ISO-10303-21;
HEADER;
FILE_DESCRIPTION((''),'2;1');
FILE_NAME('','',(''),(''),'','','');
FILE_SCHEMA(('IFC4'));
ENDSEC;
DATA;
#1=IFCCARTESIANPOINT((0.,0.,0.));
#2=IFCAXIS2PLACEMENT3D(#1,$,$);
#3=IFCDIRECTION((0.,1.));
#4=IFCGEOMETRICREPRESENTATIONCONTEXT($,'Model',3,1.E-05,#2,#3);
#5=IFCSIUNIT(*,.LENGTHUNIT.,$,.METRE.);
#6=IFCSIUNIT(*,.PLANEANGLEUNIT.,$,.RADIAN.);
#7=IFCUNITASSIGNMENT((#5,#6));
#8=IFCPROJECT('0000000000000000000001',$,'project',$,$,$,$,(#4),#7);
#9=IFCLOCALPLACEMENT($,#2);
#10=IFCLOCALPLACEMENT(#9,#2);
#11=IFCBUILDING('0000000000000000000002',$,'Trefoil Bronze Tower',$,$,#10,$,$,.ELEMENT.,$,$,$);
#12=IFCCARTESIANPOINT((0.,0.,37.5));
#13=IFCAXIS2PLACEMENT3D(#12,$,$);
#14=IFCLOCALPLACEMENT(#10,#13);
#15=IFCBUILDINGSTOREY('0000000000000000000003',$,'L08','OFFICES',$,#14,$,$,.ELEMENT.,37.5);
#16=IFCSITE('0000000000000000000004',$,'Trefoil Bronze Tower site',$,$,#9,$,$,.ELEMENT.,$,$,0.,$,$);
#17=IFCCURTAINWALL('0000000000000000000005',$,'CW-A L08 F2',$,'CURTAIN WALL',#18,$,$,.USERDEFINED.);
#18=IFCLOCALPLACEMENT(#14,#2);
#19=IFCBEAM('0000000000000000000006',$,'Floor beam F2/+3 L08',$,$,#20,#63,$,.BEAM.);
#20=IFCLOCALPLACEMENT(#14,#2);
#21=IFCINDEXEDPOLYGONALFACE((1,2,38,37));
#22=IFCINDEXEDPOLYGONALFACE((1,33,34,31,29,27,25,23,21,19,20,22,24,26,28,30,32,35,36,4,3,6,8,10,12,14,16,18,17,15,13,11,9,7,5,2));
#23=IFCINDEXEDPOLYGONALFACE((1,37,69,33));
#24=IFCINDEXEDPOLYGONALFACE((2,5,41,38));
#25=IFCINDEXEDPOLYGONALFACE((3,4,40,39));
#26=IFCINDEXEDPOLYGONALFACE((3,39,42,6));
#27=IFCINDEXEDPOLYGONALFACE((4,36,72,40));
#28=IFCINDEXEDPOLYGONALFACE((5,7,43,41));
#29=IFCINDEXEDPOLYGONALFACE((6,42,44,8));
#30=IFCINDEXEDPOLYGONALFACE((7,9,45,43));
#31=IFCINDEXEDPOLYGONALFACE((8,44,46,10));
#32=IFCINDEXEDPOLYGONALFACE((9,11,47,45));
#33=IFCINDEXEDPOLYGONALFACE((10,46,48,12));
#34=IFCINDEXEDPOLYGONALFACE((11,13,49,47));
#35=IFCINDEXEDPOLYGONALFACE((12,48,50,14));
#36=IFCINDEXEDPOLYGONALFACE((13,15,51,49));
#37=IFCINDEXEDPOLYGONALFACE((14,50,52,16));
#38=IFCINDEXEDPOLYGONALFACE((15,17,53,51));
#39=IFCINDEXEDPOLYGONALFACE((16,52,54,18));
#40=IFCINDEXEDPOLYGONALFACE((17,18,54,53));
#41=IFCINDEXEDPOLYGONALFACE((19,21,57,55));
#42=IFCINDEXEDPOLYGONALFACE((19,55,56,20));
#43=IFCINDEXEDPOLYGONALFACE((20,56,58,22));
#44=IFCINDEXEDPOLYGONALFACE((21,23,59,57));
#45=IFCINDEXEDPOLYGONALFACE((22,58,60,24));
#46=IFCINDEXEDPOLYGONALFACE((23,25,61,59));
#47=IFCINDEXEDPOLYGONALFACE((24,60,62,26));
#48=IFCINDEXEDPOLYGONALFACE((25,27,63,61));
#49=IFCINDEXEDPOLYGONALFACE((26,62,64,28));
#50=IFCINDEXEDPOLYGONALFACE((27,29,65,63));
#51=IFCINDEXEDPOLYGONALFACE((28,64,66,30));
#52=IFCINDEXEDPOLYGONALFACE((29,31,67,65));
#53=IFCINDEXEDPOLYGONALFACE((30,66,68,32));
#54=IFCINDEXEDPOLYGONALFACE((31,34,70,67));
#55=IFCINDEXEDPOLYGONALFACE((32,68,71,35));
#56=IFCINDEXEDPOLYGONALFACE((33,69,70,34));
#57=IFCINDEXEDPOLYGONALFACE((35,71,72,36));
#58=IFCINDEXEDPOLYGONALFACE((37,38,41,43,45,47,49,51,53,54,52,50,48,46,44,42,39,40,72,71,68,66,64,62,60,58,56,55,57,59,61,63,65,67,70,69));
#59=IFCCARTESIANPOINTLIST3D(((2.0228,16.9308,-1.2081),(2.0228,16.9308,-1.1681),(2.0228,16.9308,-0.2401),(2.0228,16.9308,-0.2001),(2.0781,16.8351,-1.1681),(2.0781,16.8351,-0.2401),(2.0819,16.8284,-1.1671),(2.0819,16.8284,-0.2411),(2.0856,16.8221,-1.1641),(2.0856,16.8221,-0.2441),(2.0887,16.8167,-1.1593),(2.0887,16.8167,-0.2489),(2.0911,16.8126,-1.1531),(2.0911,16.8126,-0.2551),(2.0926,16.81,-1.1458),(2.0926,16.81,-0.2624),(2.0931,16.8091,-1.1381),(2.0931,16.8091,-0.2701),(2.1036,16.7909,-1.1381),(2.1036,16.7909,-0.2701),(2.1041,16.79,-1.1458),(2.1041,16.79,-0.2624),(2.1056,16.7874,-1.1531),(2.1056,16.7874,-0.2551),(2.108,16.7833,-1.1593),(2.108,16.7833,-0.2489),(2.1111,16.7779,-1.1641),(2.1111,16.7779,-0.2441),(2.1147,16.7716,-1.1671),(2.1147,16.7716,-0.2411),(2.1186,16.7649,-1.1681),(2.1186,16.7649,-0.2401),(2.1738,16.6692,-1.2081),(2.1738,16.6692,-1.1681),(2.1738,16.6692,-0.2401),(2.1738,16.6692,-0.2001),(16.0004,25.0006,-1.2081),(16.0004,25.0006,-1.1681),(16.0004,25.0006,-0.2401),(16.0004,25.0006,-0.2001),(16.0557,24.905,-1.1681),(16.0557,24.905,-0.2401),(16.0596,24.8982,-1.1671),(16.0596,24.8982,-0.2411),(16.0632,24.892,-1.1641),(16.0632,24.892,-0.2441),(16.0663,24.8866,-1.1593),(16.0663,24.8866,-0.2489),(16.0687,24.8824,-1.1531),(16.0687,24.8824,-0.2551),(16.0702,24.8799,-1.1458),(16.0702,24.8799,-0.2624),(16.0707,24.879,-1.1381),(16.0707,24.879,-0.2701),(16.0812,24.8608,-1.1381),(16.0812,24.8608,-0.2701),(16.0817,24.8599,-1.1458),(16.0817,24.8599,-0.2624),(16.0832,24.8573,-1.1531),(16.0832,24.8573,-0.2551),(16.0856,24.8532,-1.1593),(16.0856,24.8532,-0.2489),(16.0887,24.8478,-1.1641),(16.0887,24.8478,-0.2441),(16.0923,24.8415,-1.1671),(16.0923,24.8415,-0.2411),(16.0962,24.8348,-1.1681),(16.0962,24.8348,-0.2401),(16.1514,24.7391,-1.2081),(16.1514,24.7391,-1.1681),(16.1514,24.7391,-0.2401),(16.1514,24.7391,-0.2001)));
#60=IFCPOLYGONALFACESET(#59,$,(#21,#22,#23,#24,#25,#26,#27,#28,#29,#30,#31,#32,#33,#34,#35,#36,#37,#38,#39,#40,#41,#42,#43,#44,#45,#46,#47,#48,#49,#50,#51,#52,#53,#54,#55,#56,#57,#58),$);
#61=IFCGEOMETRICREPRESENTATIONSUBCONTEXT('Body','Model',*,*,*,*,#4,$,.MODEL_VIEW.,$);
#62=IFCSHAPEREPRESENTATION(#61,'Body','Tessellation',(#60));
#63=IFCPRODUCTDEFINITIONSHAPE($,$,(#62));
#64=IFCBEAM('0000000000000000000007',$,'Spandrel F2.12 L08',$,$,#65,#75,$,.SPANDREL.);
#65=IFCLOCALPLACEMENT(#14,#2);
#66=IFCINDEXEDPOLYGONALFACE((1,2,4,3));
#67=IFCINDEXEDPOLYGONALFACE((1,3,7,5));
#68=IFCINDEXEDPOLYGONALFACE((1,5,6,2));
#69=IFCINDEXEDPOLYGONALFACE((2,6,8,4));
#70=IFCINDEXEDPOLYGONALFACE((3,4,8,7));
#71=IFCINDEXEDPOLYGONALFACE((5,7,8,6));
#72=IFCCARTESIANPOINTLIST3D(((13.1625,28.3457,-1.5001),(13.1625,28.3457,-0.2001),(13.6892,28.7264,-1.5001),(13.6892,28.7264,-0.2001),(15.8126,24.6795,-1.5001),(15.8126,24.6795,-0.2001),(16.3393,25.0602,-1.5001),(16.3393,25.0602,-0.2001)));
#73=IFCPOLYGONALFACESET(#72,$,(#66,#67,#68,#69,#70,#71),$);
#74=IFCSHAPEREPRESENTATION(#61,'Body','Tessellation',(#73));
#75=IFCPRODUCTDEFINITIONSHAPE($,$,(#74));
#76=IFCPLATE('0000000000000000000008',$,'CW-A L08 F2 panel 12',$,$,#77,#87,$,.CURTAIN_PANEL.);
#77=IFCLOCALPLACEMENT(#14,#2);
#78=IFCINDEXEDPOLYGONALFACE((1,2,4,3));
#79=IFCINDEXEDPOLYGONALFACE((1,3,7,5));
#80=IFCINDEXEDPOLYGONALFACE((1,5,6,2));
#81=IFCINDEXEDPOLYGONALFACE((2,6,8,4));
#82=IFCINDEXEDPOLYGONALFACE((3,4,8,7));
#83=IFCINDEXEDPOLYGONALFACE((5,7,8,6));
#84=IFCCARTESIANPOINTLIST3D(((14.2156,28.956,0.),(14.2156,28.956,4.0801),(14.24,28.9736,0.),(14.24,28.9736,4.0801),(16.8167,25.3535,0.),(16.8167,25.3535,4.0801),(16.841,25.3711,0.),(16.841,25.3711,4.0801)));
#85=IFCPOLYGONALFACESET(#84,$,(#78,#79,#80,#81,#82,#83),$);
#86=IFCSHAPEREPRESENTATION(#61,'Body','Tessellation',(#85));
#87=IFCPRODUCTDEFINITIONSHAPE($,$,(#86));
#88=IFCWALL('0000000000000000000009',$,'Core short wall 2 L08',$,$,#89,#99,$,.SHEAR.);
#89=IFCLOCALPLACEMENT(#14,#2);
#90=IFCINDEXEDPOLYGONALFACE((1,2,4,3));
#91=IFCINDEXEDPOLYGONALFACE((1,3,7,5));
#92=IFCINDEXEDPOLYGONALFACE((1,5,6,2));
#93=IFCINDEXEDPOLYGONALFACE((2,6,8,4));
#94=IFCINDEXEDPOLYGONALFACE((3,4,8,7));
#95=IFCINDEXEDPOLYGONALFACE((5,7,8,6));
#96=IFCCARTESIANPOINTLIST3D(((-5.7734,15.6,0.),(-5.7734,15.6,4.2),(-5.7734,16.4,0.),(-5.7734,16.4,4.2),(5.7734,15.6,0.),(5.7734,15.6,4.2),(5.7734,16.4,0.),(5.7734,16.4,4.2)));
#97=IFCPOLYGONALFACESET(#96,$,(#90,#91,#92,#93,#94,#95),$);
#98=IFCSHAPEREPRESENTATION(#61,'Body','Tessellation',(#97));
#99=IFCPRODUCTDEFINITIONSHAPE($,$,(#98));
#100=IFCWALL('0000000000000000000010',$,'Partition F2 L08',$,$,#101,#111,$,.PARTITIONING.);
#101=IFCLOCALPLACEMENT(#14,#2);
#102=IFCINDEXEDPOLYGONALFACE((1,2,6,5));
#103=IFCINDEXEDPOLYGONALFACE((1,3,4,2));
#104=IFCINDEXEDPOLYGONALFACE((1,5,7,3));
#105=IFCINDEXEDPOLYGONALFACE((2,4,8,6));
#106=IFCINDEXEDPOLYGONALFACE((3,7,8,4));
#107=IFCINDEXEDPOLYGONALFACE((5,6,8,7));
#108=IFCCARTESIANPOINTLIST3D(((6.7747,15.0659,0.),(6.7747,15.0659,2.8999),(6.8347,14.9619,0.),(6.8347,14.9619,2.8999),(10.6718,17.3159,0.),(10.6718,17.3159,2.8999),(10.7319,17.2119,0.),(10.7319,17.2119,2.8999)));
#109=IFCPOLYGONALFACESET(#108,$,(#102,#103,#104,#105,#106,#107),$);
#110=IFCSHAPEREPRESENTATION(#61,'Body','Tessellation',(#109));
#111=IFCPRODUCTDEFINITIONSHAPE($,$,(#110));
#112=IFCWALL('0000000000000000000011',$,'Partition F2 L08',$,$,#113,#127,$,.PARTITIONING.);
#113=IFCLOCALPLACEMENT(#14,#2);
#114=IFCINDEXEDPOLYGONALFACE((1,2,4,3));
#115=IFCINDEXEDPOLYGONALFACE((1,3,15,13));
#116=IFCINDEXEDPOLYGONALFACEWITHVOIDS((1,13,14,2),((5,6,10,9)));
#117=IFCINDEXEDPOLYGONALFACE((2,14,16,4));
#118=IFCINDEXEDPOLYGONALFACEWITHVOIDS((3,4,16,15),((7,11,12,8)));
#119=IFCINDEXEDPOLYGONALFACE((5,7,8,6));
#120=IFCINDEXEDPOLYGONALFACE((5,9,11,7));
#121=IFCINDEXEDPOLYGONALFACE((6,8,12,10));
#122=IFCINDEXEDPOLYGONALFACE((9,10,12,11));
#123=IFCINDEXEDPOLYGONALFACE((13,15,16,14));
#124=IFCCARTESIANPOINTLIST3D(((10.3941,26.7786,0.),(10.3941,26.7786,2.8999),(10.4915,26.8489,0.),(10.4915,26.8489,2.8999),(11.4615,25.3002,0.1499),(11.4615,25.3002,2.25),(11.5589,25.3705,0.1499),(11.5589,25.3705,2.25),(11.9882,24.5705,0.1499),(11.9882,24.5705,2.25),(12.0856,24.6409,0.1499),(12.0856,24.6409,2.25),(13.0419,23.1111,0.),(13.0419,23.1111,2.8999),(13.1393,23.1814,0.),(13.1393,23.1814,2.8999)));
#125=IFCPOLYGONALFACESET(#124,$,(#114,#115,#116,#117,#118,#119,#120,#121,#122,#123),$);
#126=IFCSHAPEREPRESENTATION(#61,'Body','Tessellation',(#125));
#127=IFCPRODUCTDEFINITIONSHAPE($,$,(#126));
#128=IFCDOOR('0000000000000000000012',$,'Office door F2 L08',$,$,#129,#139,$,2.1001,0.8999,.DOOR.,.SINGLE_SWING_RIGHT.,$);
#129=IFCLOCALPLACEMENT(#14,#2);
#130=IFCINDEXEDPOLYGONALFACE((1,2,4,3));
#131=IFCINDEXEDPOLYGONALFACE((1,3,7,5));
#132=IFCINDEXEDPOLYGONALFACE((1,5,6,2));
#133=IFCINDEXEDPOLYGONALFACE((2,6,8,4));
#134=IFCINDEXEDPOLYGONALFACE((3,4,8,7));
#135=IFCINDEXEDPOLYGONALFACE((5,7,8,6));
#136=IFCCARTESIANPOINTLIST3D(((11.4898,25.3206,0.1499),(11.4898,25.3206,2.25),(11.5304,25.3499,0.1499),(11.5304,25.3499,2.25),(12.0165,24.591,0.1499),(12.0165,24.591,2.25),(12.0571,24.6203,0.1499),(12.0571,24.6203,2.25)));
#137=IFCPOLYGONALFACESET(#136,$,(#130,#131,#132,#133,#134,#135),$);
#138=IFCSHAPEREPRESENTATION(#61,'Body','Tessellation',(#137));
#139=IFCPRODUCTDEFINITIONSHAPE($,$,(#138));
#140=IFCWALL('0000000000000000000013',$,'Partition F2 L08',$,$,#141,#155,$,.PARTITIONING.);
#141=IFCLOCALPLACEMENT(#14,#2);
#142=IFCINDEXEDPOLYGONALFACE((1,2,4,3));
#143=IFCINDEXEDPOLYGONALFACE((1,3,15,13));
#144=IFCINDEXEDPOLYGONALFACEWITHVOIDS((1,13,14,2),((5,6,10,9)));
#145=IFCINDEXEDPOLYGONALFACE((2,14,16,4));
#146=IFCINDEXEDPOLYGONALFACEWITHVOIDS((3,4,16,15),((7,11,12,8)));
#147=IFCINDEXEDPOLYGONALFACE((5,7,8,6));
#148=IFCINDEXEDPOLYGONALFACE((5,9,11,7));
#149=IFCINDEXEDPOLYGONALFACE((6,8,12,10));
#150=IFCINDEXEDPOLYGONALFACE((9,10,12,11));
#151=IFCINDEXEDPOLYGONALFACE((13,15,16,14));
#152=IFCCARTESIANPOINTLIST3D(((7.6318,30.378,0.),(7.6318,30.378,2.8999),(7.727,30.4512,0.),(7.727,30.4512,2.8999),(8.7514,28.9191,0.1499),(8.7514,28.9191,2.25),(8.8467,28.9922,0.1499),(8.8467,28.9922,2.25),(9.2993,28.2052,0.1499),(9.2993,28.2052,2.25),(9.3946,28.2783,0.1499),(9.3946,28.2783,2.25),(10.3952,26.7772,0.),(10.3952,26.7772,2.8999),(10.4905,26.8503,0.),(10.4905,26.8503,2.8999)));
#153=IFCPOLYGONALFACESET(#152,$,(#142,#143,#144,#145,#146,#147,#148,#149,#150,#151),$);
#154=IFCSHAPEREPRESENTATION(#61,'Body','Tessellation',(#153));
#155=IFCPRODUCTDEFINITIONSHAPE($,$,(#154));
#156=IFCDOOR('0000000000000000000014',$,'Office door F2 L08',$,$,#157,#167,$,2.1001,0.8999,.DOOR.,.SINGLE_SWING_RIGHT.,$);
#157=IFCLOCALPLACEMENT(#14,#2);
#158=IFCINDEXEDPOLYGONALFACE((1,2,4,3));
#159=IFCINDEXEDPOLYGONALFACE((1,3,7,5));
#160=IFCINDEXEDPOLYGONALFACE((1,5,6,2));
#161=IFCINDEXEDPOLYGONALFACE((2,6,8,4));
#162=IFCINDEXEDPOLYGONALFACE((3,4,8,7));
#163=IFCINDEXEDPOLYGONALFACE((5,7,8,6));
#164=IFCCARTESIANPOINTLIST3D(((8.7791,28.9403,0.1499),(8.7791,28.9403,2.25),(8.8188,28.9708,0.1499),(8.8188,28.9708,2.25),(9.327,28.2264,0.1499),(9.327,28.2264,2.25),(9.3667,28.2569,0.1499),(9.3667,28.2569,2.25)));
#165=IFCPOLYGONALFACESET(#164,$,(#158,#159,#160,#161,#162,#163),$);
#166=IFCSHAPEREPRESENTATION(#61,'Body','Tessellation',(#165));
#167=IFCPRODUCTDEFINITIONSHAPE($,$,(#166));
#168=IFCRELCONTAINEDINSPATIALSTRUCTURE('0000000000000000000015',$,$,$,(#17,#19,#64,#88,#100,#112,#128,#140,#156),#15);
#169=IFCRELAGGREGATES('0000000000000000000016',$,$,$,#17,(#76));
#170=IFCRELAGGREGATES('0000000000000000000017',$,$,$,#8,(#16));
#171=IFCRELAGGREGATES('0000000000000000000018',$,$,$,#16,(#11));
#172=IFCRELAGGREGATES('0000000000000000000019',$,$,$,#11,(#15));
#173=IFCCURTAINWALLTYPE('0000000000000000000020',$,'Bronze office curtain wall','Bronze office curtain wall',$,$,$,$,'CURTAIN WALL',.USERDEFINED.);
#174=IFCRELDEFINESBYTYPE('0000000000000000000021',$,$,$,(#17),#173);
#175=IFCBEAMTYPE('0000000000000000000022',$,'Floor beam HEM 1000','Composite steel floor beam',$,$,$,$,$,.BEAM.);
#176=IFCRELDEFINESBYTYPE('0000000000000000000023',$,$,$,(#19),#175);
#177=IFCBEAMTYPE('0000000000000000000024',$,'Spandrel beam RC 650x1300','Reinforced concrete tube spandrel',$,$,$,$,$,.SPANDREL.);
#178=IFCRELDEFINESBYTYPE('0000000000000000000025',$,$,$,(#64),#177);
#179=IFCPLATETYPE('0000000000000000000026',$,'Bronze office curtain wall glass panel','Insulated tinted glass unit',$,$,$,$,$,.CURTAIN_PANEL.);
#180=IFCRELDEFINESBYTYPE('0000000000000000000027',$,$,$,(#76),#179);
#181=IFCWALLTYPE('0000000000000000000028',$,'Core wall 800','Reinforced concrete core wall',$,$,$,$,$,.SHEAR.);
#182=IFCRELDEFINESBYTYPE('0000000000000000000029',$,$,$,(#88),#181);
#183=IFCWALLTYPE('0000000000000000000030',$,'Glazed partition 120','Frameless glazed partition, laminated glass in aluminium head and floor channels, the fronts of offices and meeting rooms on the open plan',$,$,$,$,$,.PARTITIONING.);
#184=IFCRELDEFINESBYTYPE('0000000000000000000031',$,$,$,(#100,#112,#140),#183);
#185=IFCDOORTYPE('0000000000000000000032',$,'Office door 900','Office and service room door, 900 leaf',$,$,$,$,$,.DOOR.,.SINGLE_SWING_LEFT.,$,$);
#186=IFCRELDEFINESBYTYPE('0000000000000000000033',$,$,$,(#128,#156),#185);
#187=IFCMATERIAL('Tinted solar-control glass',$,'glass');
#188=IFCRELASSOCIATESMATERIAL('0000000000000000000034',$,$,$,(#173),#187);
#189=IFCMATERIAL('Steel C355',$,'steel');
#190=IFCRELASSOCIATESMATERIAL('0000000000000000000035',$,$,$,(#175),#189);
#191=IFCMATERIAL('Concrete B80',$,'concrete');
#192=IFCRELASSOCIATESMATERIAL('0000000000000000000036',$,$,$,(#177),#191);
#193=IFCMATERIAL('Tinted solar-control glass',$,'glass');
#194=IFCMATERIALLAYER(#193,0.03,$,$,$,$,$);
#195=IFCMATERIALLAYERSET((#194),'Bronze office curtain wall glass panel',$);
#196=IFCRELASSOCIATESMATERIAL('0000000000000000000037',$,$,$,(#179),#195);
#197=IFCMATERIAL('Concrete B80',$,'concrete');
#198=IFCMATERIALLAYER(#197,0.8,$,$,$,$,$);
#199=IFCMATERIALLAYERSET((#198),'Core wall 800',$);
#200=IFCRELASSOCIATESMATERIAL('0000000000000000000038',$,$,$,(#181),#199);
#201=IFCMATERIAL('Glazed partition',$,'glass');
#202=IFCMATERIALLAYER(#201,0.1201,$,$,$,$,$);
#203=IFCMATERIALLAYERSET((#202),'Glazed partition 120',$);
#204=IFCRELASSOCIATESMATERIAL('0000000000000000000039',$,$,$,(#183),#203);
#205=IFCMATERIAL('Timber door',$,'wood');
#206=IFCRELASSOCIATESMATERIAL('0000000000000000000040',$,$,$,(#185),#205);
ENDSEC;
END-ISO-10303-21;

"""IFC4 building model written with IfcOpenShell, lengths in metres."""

from ifc_helpers import new_model, si_unit, direction, frame, frame_2d, origin, origin_2d, place, context, subcontext, project, spatial, rectangle, i_section, extrude, material, layer, layer_set, material_profile, profile_set, type_object, element, fill, aggregate, save


model = new_model("IFC4")

# Units and contexts
model_context = context("Model", 3, precision=1e-05, world=origin(), true_north=direction((0.0, 1.0)))
body_context = subcontext(model_context, "Body", "Model", "MODEL_VIEW")
ifc_project = project(units=[si_unit("LENGTHUNIT", "METRE"), si_unit("PLANEANGLEUNIT", "RADIAN")], contexts=[model_context])

# Site, building, storey
site_placement = place(None, origin())
site = spatial("IfcSite", under=ifc_project, at=site_placement, Name="Trefoil Bronze Tower site", CompositionType="ELEMENT", RefElevation=0.0)
building_placement = place(site_placement, origin())
building = spatial("IfcBuilding", under=site, at=building_placement, Name="Trefoil Bronze Tower", CompositionType="ELEMENT")
storey_placement = place(building_placement, frame((0.0, 0.0, 37.5)))
storey = spatial("IfcBuildingStorey", under=building, at=storey_placement, Name="L08", Description="OFFICES", CompositionType="ELEMENT", Elevation=37.5)

# Curtain wall
ifc_material_1 = material(Name="Tinted solar-control glass", Category="glass")
curtain_wall_type = type_object("IfcCurtainWallType", Name="Bronze office curtain wall", Description="Bronze office curtain wall", ElementType="CURTAIN WALL", PredefinedType="USERDEFINED", material=ifc_material_1)
curtain_wall_placement = place(storey_placement, origin())
curtain_wall = element("IfcCurtainWall", 1, at=curtain_wall_placement, inside=storey, type_object=curtain_wall_type, Name="CW-A L08 F2", ObjectType="CURTAIN WALL", PredefinedType="USERDEFINED")

# Beams
ifc_material_2 = material(Name="Steel C355", Category="steel")
ifc_material_profile_1 = material_profile(ifc_material_2, i_section(OverallWidth=0.302, OverallDepth=1.0081, WebThickness=0.021, FlangeThickness=0.04, FilletRadius=0.03, at=origin_2d()), Name="HEM 1000")
ifc_profile_set_1 = profile_set([ifc_material_profile_1], Name="Steel C355")
beam_type_1 = type_object("IfcBeamType", Name="Floor beam HEM 1000", Description="Composite steel floor beam", PredefinedType="BEAM", material=ifc_profile_set_1)
beam_1_placement = place(storey_placement, frame((16.0759, 24.8699, -0.7041), z_axis=(-0.866028, -0.499995, 0.0), x_axis=(0.499995, -0.866028, 0.0)))
element("IfcBeam", 2, at=beam_1_placement, inside=storey, type_object=beam_type_1, Name="Floor beam F2/+3 L08", PredefinedType="BEAM", context=body_context, shape_type="SweptSolid", body=[
    extrude(i_section(OverallWidth=0.302, OverallDepth=1.0081, WebThickness=0.021, FlangeThickness=0.04, FilletRadius=0.03, at=origin_2d()), origin(), (0.0, 0.0, 1.0), 16.1399),
])
ifc_material_3 = material(Name="Concrete B80", Category="concrete")
ifc_material_profile_2 = material_profile(ifc_material_3, rectangle(XDim=0.6499, YDim=1.3, at=origin_2d()), Name="RC 650x1300")
ifc_profile_set_2 = profile_set([ifc_material_profile_2], Name="Concrete B80")
beam_type_2 = type_object("IfcBeamType", Name="Spandrel beam RC 650x1300", Description="Reinforced concrete tube spandrel", PredefinedType="SPANDREL", material=ifc_profile_set_2)
beam_2_placement = place(storey_placement, frame((16.0759, 24.8699, -0.8501), z_axis=(-0.585824, 0.810439, 0.0), x_axis=(-0.810439, -0.585824, 0.0)))
element("IfcBeam", 3, at=beam_2_placement, inside=storey, type_object=beam_type_2, Name="Spandrel F2.12 L08", PredefinedType="SPANDREL", context=body_context, shape_type="SweptSolid", body=[
    extrude(rectangle(XDim=0.6499, YDim=1.3, at=origin_2d()), origin(), (0.0, 0.0, 1.0), 4.5237),
])

# Plate
ifc_material_4 = material(Name="Tinted solar-control glass", Category="glass")
ifc_layer_1 = layer(ifc_material_4, 0.03)
ifc_layer_set_1 = layer_set([ifc_layer_1], Name="Bronze office curtain wall glass panel")
plate_type = type_object("IfcPlateType", Name="Bronze office curtain wall glass panel", Description="Insulated tinted glass unit", PredefinedType="CURTAIN_PANEL", material=ifc_layer_set_1)
plate_placement = place(storey_placement, frame((15.5283, 27.1636, 0.0), z_axis=(0.0, 0.0, 1.0), x_axis=(-0.585373, 0.810764, 0.0)))
plate = element("IfcPlate", 4, at=plate_placement, type_object=plate_type, Name="CW-A L08 F2 panel 12", PredefinedType="CURTAIN_PANEL", context=body_context, shape_type="SweptSolid", body=[
    extrude(rectangle(XDim=4.4434, YDim=0.03, at=origin_2d()), origin(), (0.0, 0.0, 1.0), 4.0801),
])
aggregate(curtain_wall, [plate])

# Walls
ifc_material_5 = material(Name="Concrete B80", Category="concrete")
ifc_layer_2 = layer(ifc_material_5, 0.8)
ifc_layer_set_2 = layer_set([ifc_layer_2], Name="Core wall 800")
wall_type_1 = type_object("IfcWallType", Name="Core wall 800", Description="Reinforced concrete core wall", PredefinedType="SHEAR", material=ifc_layer_set_2)
wall_1_placement = place(storey_placement, frame((5.7734, 16.0, 0.0), z_axis=(0.0, 0.0, 1.0), x_axis=(-1.0, 0.0, 0.0)))
element("IfcWall", 5, at=wall_1_placement, inside=storey, type_object=wall_type_1, Name="Core short wall 2 L08", PredefinedType="SHEAR", context=body_context, shape_type="SweptSolid", body=[
    extrude(rectangle(XDim=11.5469, YDim=0.8, at=frame_2d((5.7734, 0.0))), origin(), (0.0, 0.0, 1.0), 4.2),
])
ifc_material_6 = material(Name="Glazed partition", Category="glass")
ifc_layer_3 = layer(ifc_material_6, 0.1201)
ifc_layer_set_3 = layer_set([ifc_layer_3], Name="Glazed partition 120")
wall_type_2 = type_object("IfcWallType", Name="Glazed partition 120", Description="Frameless glazed partition, laminated glass in aluminium head and floor channels, the fronts of offices and meeting rooms on the open plan", PredefinedType="PARTITIONING", material=ifc_layer_set_3)
wall_2_placement = place(storey_placement, frame((6.8047, 15.0139, 0.0), z_axis=(0.0, 0.0, 1.0), x_axis=(0.866031, 0.49999, 0.0)))
element("IfcWall", 6, at=wall_2_placement, inside=storey, type_object=wall_type_2, Name="Partition F2 L08", PredefinedType="PARTITIONING", context=body_context, shape_type="SweptSolid", body=[
    extrude(rectangle(XDim=4.5, YDim=0.1201, at=frame_2d((2.25, 0.0))), origin(), (0.0, 0.0, 1.0), 2.8999),
])

# Walls, openings, doors
wall_3_placement = place(storey_placement, frame((13.0906, 23.1462, 0.0), z_axis=(0.0, 0.0, 1.0), x_axis=(-0.585341, 0.810787, 0.0)))
wall_3 = element("IfcWall", 7, at=wall_3_placement, inside=storey, type_object=wall_type_2, Name="Partition F2 L08", PredefinedType="PARTITIONING", context=body_context, shape_type="SweptSolid", body=[
    extrude(rectangle(XDim=4.5234, YDim=0.1201, at=frame_2d((2.2617, 0.0))), origin(), (0.0, 0.0, 1.0), 2.8999),
])
opening_1_placement = place(wall_3_placement, frame((1.8, 0.0, 0.1499)))
opening_1 = element("IfcOpeningElement", 8, at=opening_1_placement, cuts=wall_3, PredefinedType="OPENING", context=body_context, shape_type="SweptSolid", body=[
    extrude(rectangle(XDim=0.8999, YDim=2.1001, at=frame_2d((0.45, 1.05))), frame((0.0, 0.0701, 0.0), z_axis=(0.0, -1.0, 0.0), x_axis=(1.0, 0.0, 0.0)), (0.0, 0.0, 1.0), 0.1401),
])
ifc_material_7 = material(Name="Timber door", Category="wood")
door_type = type_object("IfcDoorType", Name="Office door 900", Description="Office and service room door, 900 leaf", OperationType="SINGLE_SWING_LEFT", PredefinedType="DOOR", material=ifc_material_7)
door_1_placement = place(opening_1_placement, frame((0.8999, 0.0, 0.0), z_axis=(0.0, 0.0, 1.0), x_axis=(-1.0, 0.0, 0.0)))
door_1 = element("IfcDoor", 9, at=door_1_placement, inside=storey, type_object=door_type, Name="Office door F2 L08", OperationType="SINGLE_SWING_RIGHT", OverallHeight=2.1001, OverallWidth=0.8999, PredefinedType="DOOR", context=body_context, shape_type="SweptSolid", body=[
    extrude(rectangle(XDim=0.8999, YDim=2.1001, at=frame_2d((0.45, 1.05))), frame((0.0, 0.0249, 0.0), z_axis=(0.0, -1.0, 0.0), x_axis=(1.0, 0.0, 0.0)), (0.0, 0.0, 1.0), 0.05),
])
fill(opening_1, door_1)
wall_4_placement = place(storey_placement, frame((10.4429, 26.8137, 0.0), z_axis=(0.0, 0.0, 1.0), x_axis=(-0.608819, 0.793309, 0.0)))
wall_4 = element("IfcWall", 10, at=wall_4_placement, inside=storey, type_object=wall_type_2, Name="Partition F2 L08", PredefinedType="PARTITIONING", context=body_context, shape_type="SweptSolid", body=[
    extrude(rectangle(XDim=4.5391, YDim=0.1201, at=frame_2d((2.2695, 0.0))), origin(), (0.0, 0.0, 1.0), 2.8999),
])
opening_2_placement = place(wall_4_placement, frame((1.8, 0.0, 0.1499)))
opening_2 = element("IfcOpeningElement", 11, at=opening_2_placement, cuts=wall_4, PredefinedType="OPENING", context=body_context, shape_type="SweptSolid", body=[
    extrude(rectangle(XDim=0.8999, YDim=2.1001, at=frame_2d((0.45, 1.05))), frame((0.0, 0.0701, 0.0), z_axis=(0.0, -1.0, 0.0), x_axis=(1.0, 0.0, 0.0)), (0.0, 0.0, 1.0), 0.1401),
])
door_2_placement = place(opening_2_placement, frame((0.8999, 0.0, 0.0), z_axis=(0.0, 0.0, 1.0), x_axis=(-1.0, 0.0, 0.0)))
door_2 = element("IfcDoor", 12, at=door_2_placement, inside=storey, type_object=door_type, Name="Office door F2 L08", OperationType="SINGLE_SWING_RIGHT", OverallHeight=2.1001, OverallWidth=0.8999, PredefinedType="DOOR", context=body_context, shape_type="SweptSolid", body=[
    extrude(rectangle(XDim=0.8999, YDim=2.1001, at=frame_2d((0.45, 1.05))), frame((0.0, 0.0249, 0.0), z_axis=(0.0, -1.0, 0.0), x_axis=(1.0, 0.0, 0.0)), (0.0, 0.0, 1.0), 0.05),
])
fill(opening_2, door_2)

save(model, "model.ifc")
